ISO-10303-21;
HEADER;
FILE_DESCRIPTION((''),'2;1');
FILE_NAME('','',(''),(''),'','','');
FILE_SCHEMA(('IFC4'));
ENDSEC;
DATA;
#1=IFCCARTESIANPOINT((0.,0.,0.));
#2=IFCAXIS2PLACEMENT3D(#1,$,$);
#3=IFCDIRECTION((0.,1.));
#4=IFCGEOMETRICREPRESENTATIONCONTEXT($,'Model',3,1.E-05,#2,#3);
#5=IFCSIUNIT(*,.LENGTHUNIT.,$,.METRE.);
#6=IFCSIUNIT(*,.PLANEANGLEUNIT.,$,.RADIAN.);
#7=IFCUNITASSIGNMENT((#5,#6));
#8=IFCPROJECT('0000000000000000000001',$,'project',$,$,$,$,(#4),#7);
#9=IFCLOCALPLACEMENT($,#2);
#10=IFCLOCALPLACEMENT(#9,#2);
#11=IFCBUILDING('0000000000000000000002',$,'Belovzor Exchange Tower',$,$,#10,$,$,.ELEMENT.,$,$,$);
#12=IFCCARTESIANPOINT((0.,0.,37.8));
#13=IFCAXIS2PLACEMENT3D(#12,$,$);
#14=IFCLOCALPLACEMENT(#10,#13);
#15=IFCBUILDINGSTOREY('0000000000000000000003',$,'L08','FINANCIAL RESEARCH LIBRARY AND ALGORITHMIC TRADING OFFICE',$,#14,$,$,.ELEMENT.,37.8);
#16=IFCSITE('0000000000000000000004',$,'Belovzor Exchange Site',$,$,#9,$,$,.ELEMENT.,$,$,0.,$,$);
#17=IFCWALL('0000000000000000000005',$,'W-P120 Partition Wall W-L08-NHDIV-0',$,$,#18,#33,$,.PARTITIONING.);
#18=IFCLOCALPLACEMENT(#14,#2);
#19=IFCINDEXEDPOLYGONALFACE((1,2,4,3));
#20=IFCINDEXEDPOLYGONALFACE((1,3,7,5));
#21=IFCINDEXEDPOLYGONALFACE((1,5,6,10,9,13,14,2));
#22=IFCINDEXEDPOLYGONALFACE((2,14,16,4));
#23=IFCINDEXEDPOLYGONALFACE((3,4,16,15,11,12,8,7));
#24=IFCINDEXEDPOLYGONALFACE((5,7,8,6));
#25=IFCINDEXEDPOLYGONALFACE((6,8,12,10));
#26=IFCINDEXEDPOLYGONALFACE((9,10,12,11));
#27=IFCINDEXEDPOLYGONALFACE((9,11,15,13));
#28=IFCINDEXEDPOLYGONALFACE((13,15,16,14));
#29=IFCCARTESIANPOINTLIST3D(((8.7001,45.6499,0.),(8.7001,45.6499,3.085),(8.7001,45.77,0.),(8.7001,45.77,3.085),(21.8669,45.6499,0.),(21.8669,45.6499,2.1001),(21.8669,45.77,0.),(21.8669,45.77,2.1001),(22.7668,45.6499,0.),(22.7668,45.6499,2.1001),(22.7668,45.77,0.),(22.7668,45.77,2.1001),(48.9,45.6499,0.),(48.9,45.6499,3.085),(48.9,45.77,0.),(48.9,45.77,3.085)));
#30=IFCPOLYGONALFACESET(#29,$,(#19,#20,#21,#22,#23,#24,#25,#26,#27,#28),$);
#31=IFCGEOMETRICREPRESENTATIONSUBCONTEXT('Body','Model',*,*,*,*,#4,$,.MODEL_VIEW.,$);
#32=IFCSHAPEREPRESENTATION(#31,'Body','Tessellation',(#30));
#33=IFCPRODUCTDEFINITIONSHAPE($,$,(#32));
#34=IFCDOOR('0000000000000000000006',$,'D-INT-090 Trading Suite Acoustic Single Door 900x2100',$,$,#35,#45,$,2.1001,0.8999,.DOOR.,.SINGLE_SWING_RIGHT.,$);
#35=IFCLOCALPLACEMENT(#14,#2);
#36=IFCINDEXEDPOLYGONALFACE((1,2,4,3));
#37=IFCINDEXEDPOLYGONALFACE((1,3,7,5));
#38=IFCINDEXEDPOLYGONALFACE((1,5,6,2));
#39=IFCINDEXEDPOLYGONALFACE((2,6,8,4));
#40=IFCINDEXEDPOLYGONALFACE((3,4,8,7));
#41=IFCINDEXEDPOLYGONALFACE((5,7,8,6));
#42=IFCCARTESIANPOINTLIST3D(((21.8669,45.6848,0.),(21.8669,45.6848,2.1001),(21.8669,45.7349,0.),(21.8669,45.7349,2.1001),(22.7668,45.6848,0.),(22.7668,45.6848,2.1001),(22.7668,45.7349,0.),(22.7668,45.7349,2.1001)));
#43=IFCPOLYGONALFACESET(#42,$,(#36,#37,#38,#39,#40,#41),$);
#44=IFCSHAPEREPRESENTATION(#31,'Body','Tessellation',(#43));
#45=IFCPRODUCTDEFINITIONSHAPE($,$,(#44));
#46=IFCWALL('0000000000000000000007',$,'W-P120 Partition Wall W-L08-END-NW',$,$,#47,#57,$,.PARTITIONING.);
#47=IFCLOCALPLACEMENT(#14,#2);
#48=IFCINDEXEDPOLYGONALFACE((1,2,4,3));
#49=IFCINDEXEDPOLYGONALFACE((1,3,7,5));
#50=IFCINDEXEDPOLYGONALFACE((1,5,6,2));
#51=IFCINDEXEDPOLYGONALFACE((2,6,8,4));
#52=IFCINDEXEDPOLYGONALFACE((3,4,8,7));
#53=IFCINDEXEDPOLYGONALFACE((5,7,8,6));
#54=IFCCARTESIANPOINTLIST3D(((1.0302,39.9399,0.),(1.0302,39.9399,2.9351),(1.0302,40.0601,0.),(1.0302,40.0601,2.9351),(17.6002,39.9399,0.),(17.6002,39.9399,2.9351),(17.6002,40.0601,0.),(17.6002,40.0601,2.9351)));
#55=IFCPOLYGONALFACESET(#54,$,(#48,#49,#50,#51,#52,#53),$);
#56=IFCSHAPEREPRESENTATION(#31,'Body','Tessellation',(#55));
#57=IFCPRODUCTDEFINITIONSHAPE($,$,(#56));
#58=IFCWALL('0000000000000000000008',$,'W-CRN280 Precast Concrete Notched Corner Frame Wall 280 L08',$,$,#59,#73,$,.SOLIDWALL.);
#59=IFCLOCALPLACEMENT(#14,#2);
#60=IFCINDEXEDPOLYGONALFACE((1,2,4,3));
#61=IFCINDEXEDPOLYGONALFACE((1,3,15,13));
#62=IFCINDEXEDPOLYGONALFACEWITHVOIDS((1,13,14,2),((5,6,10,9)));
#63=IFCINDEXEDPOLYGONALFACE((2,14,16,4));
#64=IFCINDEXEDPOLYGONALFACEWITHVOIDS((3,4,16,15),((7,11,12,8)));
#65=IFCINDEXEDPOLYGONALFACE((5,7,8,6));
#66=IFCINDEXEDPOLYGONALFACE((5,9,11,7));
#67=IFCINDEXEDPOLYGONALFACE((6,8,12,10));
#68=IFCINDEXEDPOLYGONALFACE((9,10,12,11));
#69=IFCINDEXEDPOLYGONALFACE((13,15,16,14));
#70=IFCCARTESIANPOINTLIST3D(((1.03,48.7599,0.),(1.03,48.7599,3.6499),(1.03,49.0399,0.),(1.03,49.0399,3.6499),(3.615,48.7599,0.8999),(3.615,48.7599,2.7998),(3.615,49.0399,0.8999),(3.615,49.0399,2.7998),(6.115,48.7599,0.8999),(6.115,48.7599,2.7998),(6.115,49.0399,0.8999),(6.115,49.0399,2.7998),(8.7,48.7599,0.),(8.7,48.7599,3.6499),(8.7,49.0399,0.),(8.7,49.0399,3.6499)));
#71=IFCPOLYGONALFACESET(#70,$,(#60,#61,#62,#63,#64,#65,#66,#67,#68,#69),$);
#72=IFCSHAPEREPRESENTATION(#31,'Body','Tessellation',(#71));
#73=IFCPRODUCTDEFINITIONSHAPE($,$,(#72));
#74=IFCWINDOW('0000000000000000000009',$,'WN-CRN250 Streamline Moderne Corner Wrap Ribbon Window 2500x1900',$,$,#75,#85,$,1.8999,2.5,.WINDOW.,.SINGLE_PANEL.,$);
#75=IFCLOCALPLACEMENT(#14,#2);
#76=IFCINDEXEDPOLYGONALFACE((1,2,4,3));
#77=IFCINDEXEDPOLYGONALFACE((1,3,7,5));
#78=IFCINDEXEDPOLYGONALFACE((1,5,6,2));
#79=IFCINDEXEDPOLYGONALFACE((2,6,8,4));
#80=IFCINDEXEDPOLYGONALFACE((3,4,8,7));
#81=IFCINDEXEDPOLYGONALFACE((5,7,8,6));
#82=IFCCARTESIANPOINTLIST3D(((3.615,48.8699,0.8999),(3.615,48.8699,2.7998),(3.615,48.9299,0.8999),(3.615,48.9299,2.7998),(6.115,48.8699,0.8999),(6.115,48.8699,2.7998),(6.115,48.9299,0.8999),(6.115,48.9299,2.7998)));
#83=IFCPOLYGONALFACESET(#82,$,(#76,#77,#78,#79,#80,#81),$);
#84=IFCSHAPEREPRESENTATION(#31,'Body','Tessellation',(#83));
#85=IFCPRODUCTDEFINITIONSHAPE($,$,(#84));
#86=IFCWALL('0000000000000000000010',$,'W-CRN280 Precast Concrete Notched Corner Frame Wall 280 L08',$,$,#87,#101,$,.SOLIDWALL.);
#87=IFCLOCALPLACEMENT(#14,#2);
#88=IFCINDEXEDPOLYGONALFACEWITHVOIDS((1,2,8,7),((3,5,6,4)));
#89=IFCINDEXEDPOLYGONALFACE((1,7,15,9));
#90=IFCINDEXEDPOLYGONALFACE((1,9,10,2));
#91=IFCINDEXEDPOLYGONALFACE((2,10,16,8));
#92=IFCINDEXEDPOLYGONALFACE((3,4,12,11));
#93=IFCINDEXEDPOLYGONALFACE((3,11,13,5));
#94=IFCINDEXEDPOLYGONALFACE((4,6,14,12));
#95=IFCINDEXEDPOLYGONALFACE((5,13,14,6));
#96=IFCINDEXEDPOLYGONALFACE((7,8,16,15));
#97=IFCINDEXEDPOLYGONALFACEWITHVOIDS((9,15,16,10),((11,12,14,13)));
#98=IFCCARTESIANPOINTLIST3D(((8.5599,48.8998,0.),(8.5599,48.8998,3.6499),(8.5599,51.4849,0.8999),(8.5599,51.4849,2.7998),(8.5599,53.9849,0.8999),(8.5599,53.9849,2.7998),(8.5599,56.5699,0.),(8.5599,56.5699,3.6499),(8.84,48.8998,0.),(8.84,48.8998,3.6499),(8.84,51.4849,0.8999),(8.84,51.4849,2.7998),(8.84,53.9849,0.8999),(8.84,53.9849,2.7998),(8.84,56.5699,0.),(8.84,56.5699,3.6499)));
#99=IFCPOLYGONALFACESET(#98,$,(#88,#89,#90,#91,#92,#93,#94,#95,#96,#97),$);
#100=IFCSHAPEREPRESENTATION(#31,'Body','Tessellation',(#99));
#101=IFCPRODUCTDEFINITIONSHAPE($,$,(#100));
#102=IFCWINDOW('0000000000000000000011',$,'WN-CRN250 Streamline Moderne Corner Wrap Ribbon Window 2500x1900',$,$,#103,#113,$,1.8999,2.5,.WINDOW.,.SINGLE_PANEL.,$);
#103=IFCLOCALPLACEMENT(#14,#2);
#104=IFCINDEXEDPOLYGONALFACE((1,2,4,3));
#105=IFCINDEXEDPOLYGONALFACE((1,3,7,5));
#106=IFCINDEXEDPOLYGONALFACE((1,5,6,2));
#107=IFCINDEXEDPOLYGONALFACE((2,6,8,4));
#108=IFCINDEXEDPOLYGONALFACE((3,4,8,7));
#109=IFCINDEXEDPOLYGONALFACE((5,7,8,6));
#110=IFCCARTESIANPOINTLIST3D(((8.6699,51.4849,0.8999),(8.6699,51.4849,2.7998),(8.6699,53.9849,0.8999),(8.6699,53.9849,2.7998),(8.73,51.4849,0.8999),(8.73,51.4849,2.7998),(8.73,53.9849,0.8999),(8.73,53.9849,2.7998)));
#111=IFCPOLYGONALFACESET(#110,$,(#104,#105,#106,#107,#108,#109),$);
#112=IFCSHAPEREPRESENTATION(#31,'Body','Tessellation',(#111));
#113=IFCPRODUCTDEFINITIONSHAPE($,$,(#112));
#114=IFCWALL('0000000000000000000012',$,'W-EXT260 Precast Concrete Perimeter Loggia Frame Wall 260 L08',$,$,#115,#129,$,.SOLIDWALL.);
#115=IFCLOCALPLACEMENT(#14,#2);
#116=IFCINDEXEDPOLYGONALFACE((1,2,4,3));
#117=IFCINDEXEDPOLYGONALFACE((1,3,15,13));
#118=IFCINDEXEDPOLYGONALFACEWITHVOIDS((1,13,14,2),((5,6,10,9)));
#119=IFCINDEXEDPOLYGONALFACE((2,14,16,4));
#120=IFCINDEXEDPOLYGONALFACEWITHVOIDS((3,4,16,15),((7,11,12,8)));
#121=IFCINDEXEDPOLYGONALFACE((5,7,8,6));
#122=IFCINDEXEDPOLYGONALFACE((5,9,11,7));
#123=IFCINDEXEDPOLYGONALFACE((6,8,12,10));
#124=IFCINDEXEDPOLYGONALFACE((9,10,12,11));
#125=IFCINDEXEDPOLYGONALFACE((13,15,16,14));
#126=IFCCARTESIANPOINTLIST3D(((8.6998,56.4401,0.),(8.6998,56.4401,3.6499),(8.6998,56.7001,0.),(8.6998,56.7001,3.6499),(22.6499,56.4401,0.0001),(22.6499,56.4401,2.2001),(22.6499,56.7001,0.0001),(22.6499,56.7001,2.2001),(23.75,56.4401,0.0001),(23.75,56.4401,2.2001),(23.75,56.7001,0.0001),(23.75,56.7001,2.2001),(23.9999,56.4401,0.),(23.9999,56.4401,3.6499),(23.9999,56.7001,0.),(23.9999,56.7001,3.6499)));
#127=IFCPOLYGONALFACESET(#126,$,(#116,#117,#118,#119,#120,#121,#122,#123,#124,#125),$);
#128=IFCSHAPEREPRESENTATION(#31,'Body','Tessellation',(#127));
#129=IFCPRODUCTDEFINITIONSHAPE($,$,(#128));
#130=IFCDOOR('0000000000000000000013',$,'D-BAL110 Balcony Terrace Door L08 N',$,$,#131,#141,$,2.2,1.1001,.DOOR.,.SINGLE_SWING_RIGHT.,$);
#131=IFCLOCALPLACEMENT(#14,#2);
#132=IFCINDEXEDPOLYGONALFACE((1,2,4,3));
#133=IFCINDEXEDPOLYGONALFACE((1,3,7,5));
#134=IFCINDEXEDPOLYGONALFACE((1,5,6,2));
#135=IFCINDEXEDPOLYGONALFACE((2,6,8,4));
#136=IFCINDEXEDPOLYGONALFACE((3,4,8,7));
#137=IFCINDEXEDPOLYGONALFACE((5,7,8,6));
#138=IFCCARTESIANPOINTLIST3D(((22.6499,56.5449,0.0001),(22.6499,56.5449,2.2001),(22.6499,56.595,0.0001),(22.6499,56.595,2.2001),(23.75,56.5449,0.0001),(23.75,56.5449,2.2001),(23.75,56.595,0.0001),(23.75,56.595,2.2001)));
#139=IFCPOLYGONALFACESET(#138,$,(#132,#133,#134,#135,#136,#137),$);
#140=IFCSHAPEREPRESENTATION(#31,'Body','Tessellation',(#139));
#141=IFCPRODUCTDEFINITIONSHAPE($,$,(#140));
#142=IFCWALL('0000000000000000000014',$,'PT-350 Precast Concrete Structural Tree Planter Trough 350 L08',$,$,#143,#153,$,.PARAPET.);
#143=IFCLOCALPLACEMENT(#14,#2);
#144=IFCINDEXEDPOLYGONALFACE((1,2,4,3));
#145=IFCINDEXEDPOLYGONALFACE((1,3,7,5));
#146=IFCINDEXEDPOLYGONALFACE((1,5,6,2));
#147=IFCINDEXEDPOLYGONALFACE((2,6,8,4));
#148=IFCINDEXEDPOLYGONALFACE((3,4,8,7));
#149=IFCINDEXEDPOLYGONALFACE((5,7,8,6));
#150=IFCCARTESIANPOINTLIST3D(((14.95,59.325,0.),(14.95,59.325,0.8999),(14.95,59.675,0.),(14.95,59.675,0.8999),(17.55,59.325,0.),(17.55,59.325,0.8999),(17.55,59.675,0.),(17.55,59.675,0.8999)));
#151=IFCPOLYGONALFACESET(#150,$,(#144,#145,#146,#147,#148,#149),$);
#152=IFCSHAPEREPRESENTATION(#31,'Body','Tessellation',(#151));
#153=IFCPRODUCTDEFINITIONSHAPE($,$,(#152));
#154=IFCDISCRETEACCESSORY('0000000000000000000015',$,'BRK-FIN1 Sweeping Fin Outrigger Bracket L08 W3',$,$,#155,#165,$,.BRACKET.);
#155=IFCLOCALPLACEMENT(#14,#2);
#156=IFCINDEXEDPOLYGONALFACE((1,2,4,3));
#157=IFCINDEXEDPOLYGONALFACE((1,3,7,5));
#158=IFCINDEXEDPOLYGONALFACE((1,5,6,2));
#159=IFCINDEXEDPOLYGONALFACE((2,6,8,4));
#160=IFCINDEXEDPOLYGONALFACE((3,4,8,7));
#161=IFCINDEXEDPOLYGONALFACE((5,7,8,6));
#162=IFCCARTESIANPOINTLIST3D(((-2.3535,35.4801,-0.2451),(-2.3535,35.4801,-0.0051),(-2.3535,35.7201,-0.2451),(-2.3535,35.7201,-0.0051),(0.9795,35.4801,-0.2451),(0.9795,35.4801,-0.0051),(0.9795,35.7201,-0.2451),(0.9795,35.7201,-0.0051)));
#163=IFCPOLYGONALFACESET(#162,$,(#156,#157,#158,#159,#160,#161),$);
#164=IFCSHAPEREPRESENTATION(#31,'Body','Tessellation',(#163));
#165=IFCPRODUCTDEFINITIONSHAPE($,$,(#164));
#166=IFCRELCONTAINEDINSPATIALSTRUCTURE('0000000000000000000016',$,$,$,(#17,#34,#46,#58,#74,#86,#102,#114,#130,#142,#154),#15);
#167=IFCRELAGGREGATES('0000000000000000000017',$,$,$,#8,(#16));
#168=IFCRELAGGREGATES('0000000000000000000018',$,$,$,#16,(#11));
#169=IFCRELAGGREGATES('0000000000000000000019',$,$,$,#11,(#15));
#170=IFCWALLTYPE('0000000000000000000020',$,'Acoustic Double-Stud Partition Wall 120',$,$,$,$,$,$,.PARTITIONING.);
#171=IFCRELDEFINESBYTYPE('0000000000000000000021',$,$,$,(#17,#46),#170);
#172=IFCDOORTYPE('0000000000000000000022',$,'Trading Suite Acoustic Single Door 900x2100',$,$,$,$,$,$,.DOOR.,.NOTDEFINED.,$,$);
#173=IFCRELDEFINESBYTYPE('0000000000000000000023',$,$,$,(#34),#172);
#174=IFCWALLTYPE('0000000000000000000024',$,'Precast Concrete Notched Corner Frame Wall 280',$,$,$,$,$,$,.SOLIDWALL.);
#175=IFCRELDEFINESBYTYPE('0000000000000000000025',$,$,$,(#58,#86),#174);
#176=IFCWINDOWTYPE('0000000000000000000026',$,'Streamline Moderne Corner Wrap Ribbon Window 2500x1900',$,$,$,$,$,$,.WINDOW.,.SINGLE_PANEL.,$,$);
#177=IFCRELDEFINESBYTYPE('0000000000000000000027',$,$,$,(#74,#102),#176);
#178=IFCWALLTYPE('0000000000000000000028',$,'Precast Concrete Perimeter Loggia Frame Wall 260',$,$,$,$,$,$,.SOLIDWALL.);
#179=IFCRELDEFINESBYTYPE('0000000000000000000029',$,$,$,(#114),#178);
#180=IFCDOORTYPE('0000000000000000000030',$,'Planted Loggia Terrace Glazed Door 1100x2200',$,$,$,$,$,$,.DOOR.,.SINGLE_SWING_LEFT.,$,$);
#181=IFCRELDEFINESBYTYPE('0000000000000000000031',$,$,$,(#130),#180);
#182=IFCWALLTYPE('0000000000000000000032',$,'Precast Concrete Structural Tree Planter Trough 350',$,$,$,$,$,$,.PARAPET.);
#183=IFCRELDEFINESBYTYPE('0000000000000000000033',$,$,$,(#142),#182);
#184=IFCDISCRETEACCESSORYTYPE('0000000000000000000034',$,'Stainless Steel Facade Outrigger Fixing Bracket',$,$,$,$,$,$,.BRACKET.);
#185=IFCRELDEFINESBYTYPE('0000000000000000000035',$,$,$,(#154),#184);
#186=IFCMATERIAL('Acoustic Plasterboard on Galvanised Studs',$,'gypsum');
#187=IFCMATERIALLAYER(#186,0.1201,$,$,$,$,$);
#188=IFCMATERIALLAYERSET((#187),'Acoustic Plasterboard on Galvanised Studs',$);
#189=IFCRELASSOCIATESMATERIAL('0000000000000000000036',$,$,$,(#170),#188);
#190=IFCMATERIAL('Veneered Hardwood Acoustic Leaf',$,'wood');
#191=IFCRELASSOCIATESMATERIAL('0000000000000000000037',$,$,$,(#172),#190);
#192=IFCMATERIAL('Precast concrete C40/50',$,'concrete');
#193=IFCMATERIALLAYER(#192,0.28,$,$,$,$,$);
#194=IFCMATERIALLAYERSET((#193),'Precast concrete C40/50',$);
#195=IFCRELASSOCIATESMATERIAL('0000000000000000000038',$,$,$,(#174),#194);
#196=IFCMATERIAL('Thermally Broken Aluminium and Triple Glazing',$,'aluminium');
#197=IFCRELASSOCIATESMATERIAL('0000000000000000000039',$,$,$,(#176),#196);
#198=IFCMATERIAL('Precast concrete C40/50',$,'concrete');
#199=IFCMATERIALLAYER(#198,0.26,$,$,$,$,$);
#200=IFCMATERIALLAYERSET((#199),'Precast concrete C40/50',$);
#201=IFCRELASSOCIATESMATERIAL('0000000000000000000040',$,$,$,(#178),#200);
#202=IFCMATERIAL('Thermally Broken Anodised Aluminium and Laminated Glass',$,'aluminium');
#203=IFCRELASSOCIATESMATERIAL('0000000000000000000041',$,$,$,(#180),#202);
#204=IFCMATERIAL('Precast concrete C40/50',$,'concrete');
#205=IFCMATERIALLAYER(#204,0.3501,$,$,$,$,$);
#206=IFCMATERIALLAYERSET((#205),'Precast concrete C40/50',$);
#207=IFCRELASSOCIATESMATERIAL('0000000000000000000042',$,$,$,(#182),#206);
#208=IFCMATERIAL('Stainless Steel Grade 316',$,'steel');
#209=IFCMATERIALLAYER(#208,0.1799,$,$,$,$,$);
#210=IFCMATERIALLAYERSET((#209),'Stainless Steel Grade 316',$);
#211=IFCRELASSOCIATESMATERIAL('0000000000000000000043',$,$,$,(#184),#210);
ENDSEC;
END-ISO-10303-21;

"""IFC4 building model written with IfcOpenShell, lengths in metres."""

from ifc_helpers import new_model, si_unit, direction, frame, frame_2d, origin, origin_2d, place, context, subcontext, project, spatial, rectangle, extrude, material, layer, layer_set, type_object, element, fill, save


model = new_model("IFC4")

# Units and contexts
model_context = context("Model", 3, precision=1e-05, world=origin(), true_north=direction((0.0, 1.0)))
body_context = subcontext(model_context, "Body", "Model", "MODEL_VIEW")
ifc_project = project(units=[si_unit("LENGTHUNIT", "METRE"), si_unit("PLANEANGLEUNIT", "RADIAN")], contexts=[model_context])

# Site, building, storey
site_placement = place(None, origin())
site = spatial("IfcSite", under=ifc_project, at=site_placement, Name="Belovzor Exchange Site", CompositionType="ELEMENT", RefElevation=0.0)
building_placement = place(site_placement, origin())
building = spatial("IfcBuilding", under=site, at=building_placement, Name="Belovzor Exchange Tower", CompositionType="ELEMENT")
storey_placement = place(building_placement, frame((0.0, 0.0, 37.8)))
storey = spatial("IfcBuildingStorey", under=building, at=storey_placement, Name="L08", Description="FINANCIAL RESEARCH LIBRARY AND ALGORITHMIC TRADING OFFICE", CompositionType="ELEMENT", Elevation=37.8)

# Wall, opening, door
ifc_material_1 = material(Name="Acoustic Plasterboard on Galvanised Studs", Category="gypsum")
ifc_layer_1 = layer(ifc_material_1, 0.1201)
ifc_layer_set_1 = layer_set([ifc_layer_1], Name="Acoustic Plasterboard on Galvanised Studs")
wall_type_1 = type_object("IfcWallType", Name="Acoustic Double-Stud Partition Wall 120", PredefinedType="PARTITIONING", material=ifc_layer_set_1)
wall_1_placement = place(storey_placement, frame((8.7, 45.71, 0.0), z_axis=(0.0, 0.0, 1.0), x_axis=(1.0, 0.0, 0.0)))
wall_1 = element("IfcWall", 1, at=wall_1_placement, inside=storey, type_object=wall_type_1, Name="W-P120 Partition Wall W-L08-NHDIV-0", PredefinedType="PARTITIONING", context=body_context, shape_type="SweptSolid", body=[
    extrude(rectangle(XDim=40.2, YDim=0.1201, at=frame_2d((20.1001, 0.0))), origin(), (0.0, 0.0, 1.0), 3.085),
])
opening_1_placement = place(wall_1_placement, frame((13.167, 0.0, 0.0)))
opening_1 = element("IfcOpeningElement", 2, at=opening_1_placement, cuts=wall_1, PredefinedType="OPENING", context=body_context, shape_type="SweptSolid", body=[
    extrude(rectangle(XDim=0.8999, YDim=2.1001, at=frame_2d((0.45, 1.05))), frame((0.0, 0.0701, 0.0), z_axis=(0.0, -1.0, 0.0), x_axis=(1.0, 0.0, 0.0)), (0.0, 0.0, 1.0), 0.1401),
])
ifc_material_2 = material(Name="Veneered Hardwood Acoustic Leaf", Category="wood")
door_type_1 = type_object("IfcDoorType", Name="Trading Suite Acoustic Single Door 900x2100", OperationType="NOTDEFINED", PredefinedType="DOOR", material=ifc_material_2)
door_1_placement = place(opening_1_placement, origin())
door_1 = element("IfcDoor", 3, at=door_1_placement, inside=storey, type_object=door_type_1, Name="D-INT-090 Trading Suite Acoustic Single Door 900x2100", OperationType="SINGLE_SWING_RIGHT", OverallHeight=2.1001, OverallWidth=0.8999, PredefinedType="DOOR", context=body_context, shape_type="SweptSolid", body=[
    extrude(rectangle(XDim=0.8999, YDim=2.1001, at=frame_2d((0.45, 1.05))), frame((0.0, 0.0249, 0.0), z_axis=(0.0, -1.0, 0.0), x_axis=(1.0, 0.0, 0.0)), (0.0, 0.0, 1.0), 0.05),
])
fill(opening_1, door_1)

# Wall
wall_2_placement = place(storey_placement, frame((1.03, 40.0, 0.0), z_axis=(0.0, 0.0, 1.0), x_axis=(1.0, 0.0, 0.0)))
element("IfcWall", 4, at=wall_2_placement, inside=storey, type_object=wall_type_1, Name="W-P120 Partition Wall W-L08-END-NW", PredefinedType="PARTITIONING", context=body_context, shape_type="SweptSolid", body=[
    extrude(rectangle(XDim=16.5701, YDim=0.1201, at=frame_2d((8.2852, 0.0))), origin(), (0.0, 0.0, 1.0), 2.9351),
])

# Walls, openings, windows
ifc_material_3 = material(Name="Precast concrete C40/50", Category="concrete")
ifc_layer_2 = layer(ifc_material_3, 0.28)
ifc_layer_set_2 = layer_set([ifc_layer_2], Name="Precast concrete C40/50")
wall_type_2 = type_object("IfcWallType", Name="Precast Concrete Notched Corner Frame Wall 280", PredefinedType="SOLIDWALL", material=ifc_layer_set_2)
wall_3_placement = place(storey_placement, frame((1.03, 48.8999, 0.0), z_axis=(0.0, 0.0, 1.0), x_axis=(1.0, 0.0, 0.0)))
wall_3 = element("IfcWall", 5, at=wall_3_placement, inside=storey, type_object=wall_type_2, Name="W-CRN280 Precast Concrete Notched Corner Frame Wall 280 L08", PredefinedType="SOLIDWALL", context=body_context, shape_type="SweptSolid", body=[
    extrude(rectangle(XDim=7.6699, YDim=0.28, at=frame_2d((3.835, 0.0))), origin(), (0.0, 0.0, 1.0), 3.6499),
])
opening_2_placement = place(wall_3_placement, frame((2.585, 0.0, 0.8999)))
opening_2 = element("IfcOpeningElement", 6, at=opening_2_placement, cuts=wall_3, PredefinedType="OPENING", context=body_context, shape_type="SweptSolid", body=[
    extrude(rectangle(XDim=2.5, YDim=1.8999, at=frame_2d((1.25, 0.95))), frame((0.0, 0.1499, 0.0), z_axis=(0.0, -1.0, 0.0), x_axis=(1.0, 0.0, 0.0)), (0.0, 0.0, 1.0), 0.3),
])
ifc_material_4 = material(Name="Thermally Broken Aluminium and Triple Glazing", Category="aluminium")
window_type = type_object("IfcWindowType", Name="Streamline Moderne Corner Wrap Ribbon Window 2500x1900", PartitioningType="SINGLE_PANEL", PredefinedType="WINDOW", material=ifc_material_4)
window_1_placement = place(opening_2_placement, origin())
window_1 = element("IfcWindow", 7, at=window_1_placement, inside=storey, type_object=window_type, Name="WN-CRN250 Streamline Moderne Corner Wrap Ribbon Window 2500x1900", OverallHeight=1.8999, OverallWidth=2.5, PartitioningType="SINGLE_PANEL", PredefinedType="WINDOW", context=body_context, shape_type="SweptSolid", body=[
    extrude(rectangle(XDim=2.5, YDim=1.8999, at=frame_2d((1.25, 0.95))), frame((0.0, 0.03, 0.0), z_axis=(0.0, -1.0, 0.0), x_axis=(1.0, 0.0, 0.0)), (0.0, 0.0, 1.0), 0.0601),
])
fill(opening_2, window_1)
wall_4_placement = place(storey_placement, frame((8.7, 48.8999, 0.0), z_axis=(0.0, 0.0, 1.0), x_axis=(0.0, 1.0, 0.0)))
wall_4 = element("IfcWall", 8, at=wall_4_placement, inside=storey, type_object=wall_type_2, Name="W-CRN280 Precast Concrete Notched Corner Frame Wall 280 L08", PredefinedType="SOLIDWALL", context=body_context, shape_type="SweptSolid", body=[
    extrude(rectangle(XDim=7.6702, YDim=0.28, at=frame_2d((3.835, 0.0))), origin(), (0.0, 0.0, 1.0), 3.6499),
])
opening_3_placement = place(wall_4_placement, frame((2.585, 0.0, 0.8999)))
opening_3 = element("IfcOpeningElement", 9, at=opening_3_placement, cuts=wall_4, PredefinedType="OPENING", context=body_context, shape_type="SweptSolid", body=[
    extrude(rectangle(XDim=2.5, YDim=1.8999, at=frame_2d((1.25, 0.95))), frame((0.0, 0.1499, 0.0), z_axis=(0.0, -1.0, 0.0), x_axis=(1.0, 0.0, 0.0)), (0.0, 0.0, 1.0), 0.3),
])
window_2_placement = place(opening_3_placement, origin())
window_2 = element("IfcWindow", 10, at=window_2_placement, inside=storey, type_object=window_type, Name="WN-CRN250 Streamline Moderne Corner Wrap Ribbon Window 2500x1900", OverallHeight=1.8999, OverallWidth=2.5, PartitioningType="SINGLE_PANEL", PredefinedType="WINDOW", context=body_context, shape_type="SweptSolid", body=[
    extrude(rectangle(XDim=2.5, YDim=1.8999, at=frame_2d((1.25, 0.95))), frame((0.0, 0.03, 0.0), z_axis=(0.0, -1.0, 0.0), x_axis=(1.0, 0.0, 0.0)), (0.0, 0.0, 1.0), 0.0601),
])
fill(opening_3, window_2)

# Wall, opening, door
ifc_material_5 = material(Name="Precast concrete C40/50", Category="concrete")
ifc_layer_3 = layer(ifc_material_5, 0.26)
ifc_layer_set_3 = layer_set([ifc_layer_3], Name="Precast concrete C40/50")
wall_type_3 = type_object("IfcWallType", Name="Precast Concrete Perimeter Loggia Frame Wall 260", PredefinedType="SOLIDWALL", material=ifc_layer_set_3)
wall_5_placement = place(storey_placement, frame((8.7, 56.5701, 0.0), z_axis=(0.0, 0.0, 1.0), x_axis=(1.0, 0.0, 0.0)))
wall_5 = element("IfcWall", 11, at=wall_5_placement, inside=storey, type_object=wall_type_3, Name="W-EXT260 Precast Concrete Perimeter Loggia Frame Wall 260 L08", PredefinedType="SOLIDWALL", context=body_context, shape_type="SweptSolid", body=[
    extrude(rectangle(XDim=15.3, YDim=0.26, at=frame_2d((7.6499, 0.0))), origin(), (0.0, 0.0, 1.0), 3.6499),
])
opening_4_placement = place(wall_5_placement, frame((13.95, 0.0, 0.0)))
opening_4 = element("IfcOpeningElement", 12, at=opening_4_placement, cuts=wall_5, PredefinedType="OPENING", context=body_context, shape_type="SweptSolid", body=[
    extrude(rectangle(XDim=1.1001, YDim=2.2, at=frame_2d((0.55, 1.1001))), frame((0.0, 0.1399, 0.0), z_axis=(0.0, -1.0, 0.0), x_axis=(1.0, 0.0, 0.0)), (0.0, 0.0, 1.0), 0.28),
])
ifc_material_6 = material(Name="Thermally Broken Anodised Aluminium and Laminated Glass", Category="aluminium")
door_type_2 = type_object("IfcDoorType", Name="Planted Loggia Terrace Glazed Door 1100x2200", OperationType="SINGLE_SWING_LEFT", PredefinedType="DOOR", material=ifc_material_6)
door_2_placement = place(opening_4_placement, origin())
door_2 = element("IfcDoor", 13, at=door_2_placement, inside=storey, type_object=door_type_2, Name="D-BAL110 Balcony Terrace Door L08 N", OperationType="SINGLE_SWING_RIGHT", OverallHeight=2.2, OverallWidth=1.1001, PredefinedType="DOOR", context=body_context, shape_type="SweptSolid", body=[
    extrude(rectangle(XDim=1.1001, YDim=2.2, at=frame_2d((0.55, 1.1001))), frame((0.0, 0.0249, 0.0), z_axis=(0.0, -1.0, 0.0), x_axis=(1.0, 0.0, 0.0)), (0.0, 0.0, 1.0), 0.05),
])
fill(opening_4, door_2)

# Wall
ifc_material_7 = material(Name="Precast concrete C40/50", Category="concrete")
ifc_layer_4 = layer(ifc_material_7, 0.3501)
ifc_layer_set_4 = layer_set([ifc_layer_4], Name="Precast concrete C40/50")
wall_type_4 = type_object("IfcWallType", Name="Precast Concrete Structural Tree Planter Trough 350", PredefinedType="PARAPET", material=ifc_layer_set_4)
wall_6_placement = place(storey_placement, frame((14.95, 59.5, 0.0), z_axis=(0.0, 0.0, 1.0), x_axis=(1.0, 0.0, 0.0)))
element("IfcWall", 14, at=wall_6_placement, inside=storey, type_object=wall_type_4, Name="PT-350 Precast Concrete Structural Tree Planter Trough 350 L08", PredefinedType="PARAPET", context=body_context, shape_type="SweptSolid", body=[
    extrude(rectangle(XDim=2.6001, YDim=0.3501, at=frame_2d((1.3, 0.0))), origin(), (0.0, 0.0, 1.0), 0.8999),
])

# Discrete accessory
ifc_material_8 = material(Name="Stainless Steel Grade 316", Category="steel")
ifc_layer_5 = layer(ifc_material_8, 0.1799)
ifc_layer_set_5 = layer_set([ifc_layer_5], Name="Stainless Steel Grade 316")
discrete_accessory_type = type_object("IfcDiscreteAccessoryType", Name="Stainless Steel Facade Outrigger Fixing Bracket", PredefinedType="BRACKET", material=ifc_layer_set_5)
for number, where, z_axis, x_axis, name in (
    (15, (-0.687, 35.6001, -0.2451), (0.0, 0.0, 1.0), (1.0, 0.0, 0.0), "BRK-FIN1 Sweeping Fin Outrigger Bracket L08 W3"),
):
    element("IfcDiscreteAccessory", number, at=place(storey_placement, frame(where, z_axis=z_axis, x_axis=x_axis)), inside=storey, type_object=discrete_accessory_type, Name=name, PredefinedType="BRACKET", context=body_context, shape_type="SweptSolid", body=[
        extrude(rectangle(XDim=3.333, YDim=0.24, at=origin_2d()), origin(), (0.0, 0.0, 1.0), 0.24),
    ])

save(model, "model.ifc")
